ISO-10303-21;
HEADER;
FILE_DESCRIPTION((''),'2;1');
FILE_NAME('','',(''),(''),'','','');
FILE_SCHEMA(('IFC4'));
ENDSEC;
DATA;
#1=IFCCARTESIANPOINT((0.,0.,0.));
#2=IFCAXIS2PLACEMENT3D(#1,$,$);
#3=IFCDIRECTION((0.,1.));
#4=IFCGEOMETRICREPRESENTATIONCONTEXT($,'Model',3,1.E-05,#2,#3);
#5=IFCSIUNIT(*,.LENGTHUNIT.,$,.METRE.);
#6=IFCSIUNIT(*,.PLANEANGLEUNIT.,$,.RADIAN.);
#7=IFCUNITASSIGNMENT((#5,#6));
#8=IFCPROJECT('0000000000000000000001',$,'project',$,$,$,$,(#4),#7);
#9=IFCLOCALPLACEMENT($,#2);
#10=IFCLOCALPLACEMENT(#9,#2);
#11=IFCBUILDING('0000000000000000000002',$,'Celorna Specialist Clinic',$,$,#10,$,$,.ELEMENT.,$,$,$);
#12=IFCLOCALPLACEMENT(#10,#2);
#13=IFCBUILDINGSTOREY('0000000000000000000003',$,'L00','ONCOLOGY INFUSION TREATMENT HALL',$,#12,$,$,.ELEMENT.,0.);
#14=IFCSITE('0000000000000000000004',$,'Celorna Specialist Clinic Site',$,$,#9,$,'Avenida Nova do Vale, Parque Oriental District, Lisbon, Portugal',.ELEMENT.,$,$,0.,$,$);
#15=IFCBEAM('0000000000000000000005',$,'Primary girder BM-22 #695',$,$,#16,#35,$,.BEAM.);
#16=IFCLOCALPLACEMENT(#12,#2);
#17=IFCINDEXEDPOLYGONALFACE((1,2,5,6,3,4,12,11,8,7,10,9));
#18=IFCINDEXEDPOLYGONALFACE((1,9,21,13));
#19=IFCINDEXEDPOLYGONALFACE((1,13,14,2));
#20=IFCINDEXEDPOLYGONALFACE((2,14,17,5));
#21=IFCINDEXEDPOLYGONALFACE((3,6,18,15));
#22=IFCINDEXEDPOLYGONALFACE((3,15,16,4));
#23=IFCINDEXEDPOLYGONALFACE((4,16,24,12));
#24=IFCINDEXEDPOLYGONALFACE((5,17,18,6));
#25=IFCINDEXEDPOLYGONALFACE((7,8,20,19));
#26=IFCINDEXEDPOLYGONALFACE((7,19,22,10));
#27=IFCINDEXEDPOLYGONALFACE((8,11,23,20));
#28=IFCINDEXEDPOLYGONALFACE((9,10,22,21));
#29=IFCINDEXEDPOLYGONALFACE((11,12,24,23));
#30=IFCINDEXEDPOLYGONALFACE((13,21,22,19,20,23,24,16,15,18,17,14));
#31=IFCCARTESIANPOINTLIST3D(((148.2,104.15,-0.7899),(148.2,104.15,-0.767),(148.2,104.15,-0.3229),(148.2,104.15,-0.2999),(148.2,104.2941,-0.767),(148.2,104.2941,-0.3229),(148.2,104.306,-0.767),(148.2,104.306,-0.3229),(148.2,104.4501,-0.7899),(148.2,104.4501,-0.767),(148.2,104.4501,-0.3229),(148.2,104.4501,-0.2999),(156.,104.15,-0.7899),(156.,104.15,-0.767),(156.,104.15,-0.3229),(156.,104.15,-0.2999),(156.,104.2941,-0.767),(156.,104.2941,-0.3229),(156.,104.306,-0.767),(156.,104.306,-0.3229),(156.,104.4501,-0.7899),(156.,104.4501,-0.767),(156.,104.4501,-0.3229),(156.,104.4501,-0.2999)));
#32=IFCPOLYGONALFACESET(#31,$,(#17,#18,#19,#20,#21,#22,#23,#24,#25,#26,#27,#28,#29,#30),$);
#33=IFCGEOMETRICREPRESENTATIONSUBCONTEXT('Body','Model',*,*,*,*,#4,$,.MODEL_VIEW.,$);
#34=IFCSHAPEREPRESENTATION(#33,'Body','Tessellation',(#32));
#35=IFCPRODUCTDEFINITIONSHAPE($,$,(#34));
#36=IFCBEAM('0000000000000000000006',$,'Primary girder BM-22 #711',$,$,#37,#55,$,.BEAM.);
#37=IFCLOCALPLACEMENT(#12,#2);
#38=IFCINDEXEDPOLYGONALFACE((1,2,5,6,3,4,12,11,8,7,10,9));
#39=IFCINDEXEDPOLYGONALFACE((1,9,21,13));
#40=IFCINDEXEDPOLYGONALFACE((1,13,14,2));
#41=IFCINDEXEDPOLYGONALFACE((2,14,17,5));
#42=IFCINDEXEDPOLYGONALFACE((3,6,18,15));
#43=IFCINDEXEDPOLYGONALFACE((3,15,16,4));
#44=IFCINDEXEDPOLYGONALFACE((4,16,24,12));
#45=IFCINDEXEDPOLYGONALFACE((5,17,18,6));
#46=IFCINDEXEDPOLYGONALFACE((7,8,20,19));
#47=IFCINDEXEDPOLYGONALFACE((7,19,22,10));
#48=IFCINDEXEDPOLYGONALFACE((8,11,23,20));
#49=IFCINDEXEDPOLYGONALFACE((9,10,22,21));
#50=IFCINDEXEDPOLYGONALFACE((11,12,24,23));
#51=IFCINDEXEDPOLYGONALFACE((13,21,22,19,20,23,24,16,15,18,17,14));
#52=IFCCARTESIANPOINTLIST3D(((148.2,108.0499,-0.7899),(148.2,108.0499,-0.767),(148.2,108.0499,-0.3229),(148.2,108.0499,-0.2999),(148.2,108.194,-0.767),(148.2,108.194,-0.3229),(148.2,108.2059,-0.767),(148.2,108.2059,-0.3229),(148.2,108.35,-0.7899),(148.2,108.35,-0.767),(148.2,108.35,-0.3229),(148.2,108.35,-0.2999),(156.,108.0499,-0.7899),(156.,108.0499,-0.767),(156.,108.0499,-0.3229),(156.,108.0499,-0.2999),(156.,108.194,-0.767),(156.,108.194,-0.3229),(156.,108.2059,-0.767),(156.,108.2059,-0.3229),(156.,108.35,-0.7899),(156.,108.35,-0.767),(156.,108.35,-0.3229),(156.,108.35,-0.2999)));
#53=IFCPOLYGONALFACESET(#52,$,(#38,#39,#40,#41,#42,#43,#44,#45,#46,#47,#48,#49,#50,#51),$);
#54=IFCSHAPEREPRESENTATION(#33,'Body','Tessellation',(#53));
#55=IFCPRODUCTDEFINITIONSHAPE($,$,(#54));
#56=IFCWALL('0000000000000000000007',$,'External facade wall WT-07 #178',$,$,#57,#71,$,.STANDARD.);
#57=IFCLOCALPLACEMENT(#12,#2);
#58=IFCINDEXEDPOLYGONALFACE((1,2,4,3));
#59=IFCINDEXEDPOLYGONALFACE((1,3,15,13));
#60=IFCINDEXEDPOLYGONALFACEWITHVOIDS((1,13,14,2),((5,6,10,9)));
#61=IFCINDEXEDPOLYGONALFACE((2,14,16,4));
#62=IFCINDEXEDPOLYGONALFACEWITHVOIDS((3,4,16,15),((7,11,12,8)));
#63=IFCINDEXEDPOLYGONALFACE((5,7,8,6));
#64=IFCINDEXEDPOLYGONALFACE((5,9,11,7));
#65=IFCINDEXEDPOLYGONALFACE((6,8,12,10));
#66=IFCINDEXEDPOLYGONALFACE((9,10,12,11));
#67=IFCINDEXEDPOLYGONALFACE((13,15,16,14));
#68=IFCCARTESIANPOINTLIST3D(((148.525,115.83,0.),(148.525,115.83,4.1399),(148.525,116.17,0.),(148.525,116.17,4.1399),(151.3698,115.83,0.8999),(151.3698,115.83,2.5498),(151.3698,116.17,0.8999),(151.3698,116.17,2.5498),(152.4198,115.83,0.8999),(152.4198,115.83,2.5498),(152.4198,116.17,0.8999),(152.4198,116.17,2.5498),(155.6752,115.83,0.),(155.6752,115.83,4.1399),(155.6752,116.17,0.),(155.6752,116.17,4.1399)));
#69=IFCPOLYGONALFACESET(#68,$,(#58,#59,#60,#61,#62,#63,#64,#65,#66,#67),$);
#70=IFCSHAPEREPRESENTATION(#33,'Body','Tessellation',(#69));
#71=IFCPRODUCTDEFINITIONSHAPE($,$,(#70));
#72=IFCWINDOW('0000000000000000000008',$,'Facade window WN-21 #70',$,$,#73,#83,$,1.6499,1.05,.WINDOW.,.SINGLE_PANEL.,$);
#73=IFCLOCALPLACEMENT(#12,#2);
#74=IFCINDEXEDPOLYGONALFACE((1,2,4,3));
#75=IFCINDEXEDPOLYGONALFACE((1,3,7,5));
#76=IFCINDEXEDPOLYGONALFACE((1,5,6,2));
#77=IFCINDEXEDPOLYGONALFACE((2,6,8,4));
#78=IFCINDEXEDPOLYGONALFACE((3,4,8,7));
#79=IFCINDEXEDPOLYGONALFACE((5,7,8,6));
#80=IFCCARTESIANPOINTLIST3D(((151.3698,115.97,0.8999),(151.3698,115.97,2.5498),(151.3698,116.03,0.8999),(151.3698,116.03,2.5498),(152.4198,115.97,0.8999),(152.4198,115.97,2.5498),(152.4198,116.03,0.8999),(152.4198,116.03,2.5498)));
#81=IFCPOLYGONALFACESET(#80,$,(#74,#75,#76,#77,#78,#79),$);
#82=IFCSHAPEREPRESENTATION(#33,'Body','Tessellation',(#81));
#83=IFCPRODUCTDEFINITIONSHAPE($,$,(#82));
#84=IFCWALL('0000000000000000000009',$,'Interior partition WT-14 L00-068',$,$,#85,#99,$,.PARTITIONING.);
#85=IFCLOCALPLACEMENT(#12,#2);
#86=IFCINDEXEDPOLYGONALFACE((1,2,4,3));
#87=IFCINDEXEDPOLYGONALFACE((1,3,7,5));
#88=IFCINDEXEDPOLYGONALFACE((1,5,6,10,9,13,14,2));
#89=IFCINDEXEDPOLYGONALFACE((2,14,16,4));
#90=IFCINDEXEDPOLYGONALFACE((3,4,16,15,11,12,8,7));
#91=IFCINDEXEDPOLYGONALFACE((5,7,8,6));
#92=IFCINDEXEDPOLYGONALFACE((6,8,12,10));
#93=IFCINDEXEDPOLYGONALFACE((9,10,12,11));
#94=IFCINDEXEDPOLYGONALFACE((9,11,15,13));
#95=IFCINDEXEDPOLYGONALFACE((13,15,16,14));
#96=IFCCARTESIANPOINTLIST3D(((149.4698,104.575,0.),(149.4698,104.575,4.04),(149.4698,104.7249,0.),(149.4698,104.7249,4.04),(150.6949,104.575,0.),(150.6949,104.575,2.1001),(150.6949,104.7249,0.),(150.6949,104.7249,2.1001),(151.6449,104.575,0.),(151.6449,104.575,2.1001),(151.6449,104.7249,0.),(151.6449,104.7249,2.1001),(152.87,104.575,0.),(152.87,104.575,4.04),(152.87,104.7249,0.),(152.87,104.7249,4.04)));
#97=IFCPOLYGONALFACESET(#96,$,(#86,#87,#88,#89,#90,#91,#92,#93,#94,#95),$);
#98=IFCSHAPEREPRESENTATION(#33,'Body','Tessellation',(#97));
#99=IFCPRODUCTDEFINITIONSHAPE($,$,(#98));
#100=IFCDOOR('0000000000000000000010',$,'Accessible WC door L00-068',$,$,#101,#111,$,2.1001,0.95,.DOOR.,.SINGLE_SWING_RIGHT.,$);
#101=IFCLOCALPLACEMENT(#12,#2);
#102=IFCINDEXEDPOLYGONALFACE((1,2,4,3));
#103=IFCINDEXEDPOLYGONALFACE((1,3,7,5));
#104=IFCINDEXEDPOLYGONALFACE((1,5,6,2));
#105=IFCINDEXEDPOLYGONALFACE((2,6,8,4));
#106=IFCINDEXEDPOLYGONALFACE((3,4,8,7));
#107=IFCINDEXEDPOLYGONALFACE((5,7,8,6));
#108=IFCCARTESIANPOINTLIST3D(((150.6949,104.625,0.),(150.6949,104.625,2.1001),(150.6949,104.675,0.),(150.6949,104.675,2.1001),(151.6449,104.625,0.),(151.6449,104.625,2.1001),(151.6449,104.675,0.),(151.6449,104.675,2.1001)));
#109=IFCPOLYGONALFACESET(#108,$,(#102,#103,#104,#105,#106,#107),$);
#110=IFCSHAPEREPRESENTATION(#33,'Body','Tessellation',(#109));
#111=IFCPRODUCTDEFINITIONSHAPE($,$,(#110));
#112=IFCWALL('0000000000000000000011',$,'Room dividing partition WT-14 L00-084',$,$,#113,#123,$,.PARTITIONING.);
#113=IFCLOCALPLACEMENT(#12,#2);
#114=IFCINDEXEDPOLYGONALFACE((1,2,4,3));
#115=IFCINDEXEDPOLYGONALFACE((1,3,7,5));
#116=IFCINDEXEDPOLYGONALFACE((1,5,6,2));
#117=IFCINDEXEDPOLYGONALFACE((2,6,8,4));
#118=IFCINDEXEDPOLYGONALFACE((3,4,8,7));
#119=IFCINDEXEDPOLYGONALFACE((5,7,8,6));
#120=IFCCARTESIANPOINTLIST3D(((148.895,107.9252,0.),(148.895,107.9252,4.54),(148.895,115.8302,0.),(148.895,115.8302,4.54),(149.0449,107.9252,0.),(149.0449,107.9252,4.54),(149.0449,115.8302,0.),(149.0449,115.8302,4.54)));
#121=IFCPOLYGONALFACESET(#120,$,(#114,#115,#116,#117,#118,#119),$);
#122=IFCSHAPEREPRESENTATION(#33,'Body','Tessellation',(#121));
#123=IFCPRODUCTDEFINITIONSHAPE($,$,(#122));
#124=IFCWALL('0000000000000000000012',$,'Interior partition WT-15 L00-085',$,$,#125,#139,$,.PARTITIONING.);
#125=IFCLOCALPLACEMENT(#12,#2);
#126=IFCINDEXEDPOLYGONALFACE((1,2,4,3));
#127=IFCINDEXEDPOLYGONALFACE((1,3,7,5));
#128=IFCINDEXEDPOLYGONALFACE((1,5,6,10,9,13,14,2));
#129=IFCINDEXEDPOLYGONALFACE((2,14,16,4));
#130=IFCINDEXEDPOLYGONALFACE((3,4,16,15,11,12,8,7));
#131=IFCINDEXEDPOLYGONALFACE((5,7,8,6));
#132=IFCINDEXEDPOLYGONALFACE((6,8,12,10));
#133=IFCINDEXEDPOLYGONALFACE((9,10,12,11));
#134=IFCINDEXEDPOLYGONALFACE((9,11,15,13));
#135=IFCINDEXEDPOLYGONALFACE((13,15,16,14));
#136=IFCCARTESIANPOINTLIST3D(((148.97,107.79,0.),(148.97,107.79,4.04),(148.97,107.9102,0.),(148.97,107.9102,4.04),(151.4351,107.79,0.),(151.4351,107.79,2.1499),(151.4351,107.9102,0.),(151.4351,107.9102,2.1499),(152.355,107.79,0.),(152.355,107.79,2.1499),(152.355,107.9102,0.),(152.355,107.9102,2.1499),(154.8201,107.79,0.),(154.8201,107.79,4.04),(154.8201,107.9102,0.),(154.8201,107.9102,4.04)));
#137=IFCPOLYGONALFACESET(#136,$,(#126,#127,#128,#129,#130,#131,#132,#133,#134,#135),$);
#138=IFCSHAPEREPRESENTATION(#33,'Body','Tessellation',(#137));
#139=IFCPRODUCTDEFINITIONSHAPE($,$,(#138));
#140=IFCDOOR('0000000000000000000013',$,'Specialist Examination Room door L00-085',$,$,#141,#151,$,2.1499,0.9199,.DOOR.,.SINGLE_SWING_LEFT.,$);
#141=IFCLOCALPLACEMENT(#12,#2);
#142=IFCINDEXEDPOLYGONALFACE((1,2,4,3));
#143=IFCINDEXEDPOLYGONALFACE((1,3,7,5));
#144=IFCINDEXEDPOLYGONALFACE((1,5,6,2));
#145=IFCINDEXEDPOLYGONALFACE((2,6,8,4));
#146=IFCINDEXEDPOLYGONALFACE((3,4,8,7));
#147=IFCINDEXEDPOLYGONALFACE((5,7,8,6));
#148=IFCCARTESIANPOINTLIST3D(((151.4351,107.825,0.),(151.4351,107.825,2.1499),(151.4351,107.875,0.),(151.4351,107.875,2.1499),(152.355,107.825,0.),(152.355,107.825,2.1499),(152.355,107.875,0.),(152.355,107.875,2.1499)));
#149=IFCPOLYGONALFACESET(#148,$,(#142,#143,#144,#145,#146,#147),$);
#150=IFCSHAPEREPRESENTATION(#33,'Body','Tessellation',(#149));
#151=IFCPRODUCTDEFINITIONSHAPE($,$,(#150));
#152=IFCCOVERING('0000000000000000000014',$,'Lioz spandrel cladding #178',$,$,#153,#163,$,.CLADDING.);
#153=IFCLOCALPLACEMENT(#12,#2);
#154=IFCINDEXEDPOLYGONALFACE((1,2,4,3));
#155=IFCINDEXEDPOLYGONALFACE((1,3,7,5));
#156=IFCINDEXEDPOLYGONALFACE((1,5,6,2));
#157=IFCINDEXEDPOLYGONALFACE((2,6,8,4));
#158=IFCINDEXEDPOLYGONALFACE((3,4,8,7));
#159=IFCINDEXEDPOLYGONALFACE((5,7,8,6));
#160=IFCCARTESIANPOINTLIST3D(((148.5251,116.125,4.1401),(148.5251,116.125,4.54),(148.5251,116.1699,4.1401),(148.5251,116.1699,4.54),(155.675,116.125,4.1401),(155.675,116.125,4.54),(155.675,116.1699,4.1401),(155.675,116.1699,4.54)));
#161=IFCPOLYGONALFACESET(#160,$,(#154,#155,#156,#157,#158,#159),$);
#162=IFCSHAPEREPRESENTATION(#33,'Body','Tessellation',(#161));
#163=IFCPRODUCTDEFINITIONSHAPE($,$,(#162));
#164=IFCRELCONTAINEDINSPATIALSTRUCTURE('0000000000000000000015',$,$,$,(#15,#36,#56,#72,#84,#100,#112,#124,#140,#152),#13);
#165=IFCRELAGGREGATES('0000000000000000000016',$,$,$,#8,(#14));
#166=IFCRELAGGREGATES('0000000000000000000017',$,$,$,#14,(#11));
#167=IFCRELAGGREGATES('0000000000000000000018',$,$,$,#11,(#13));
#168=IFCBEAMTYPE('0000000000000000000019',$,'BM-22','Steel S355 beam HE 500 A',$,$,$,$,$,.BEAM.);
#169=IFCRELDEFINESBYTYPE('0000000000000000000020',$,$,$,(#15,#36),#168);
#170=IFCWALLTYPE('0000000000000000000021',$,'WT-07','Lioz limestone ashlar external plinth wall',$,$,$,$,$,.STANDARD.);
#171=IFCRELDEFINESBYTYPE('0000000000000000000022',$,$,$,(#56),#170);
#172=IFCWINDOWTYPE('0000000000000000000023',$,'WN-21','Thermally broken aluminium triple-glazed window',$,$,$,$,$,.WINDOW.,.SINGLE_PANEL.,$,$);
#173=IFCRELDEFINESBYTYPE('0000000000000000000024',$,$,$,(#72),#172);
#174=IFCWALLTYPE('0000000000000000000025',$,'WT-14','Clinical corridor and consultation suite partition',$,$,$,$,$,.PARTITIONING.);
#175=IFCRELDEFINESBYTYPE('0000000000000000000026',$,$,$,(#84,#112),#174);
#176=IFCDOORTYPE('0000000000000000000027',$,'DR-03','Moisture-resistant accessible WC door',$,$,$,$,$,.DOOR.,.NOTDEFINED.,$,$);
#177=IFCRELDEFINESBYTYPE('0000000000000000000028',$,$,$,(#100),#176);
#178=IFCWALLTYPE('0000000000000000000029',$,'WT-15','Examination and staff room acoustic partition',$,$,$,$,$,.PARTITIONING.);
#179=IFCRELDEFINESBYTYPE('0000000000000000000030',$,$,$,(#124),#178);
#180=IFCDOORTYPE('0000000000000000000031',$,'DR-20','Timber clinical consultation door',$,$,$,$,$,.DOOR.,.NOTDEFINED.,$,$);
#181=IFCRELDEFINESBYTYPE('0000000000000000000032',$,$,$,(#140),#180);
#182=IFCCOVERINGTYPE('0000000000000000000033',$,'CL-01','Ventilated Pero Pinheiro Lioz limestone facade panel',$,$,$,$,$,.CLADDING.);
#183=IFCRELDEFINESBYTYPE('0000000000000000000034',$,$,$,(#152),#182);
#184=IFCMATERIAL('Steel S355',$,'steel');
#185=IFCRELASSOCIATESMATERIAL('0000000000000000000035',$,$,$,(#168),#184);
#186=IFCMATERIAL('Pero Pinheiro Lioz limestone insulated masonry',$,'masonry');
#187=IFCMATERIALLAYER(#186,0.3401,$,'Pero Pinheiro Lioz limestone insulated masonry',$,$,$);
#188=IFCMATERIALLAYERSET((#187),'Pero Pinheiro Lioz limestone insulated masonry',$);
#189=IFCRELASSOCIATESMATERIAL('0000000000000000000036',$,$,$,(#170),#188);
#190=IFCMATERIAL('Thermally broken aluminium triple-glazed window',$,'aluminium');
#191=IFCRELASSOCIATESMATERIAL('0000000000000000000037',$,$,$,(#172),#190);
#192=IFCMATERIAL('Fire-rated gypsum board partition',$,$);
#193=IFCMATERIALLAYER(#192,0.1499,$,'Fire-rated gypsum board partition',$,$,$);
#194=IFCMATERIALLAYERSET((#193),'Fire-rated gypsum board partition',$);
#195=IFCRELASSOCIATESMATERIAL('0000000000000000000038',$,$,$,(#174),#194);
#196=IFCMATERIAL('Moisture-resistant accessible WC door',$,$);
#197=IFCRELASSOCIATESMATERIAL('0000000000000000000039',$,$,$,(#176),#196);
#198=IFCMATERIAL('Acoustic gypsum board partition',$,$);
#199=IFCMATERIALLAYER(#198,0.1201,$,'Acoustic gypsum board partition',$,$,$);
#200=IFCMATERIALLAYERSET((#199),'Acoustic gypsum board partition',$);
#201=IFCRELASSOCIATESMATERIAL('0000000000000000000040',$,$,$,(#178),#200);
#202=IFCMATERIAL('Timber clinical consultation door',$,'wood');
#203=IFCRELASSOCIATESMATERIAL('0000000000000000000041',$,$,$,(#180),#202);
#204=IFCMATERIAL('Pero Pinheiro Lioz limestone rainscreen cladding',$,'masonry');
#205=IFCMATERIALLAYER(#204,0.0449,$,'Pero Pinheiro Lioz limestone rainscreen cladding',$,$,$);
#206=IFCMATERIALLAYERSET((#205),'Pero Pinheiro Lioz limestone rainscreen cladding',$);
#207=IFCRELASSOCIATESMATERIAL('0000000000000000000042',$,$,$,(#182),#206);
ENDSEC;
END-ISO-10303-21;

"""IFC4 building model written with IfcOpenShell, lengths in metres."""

from ifc_helpers import new_model, si_unit, direction, frame, frame_2d, origin, origin_2d, place, context, subcontext, project, spatial, rectangle, i_section, extrude, material, layer, layer_set, material_profile, profile_set, type_object, element, fill, save


model = new_model("IFC4")

# Units and contexts
model_context = context("Model", 3, precision=1e-05, world=origin(), true_north=direction((0.0, 1.0)))
body_context = subcontext(model_context, "Body", "Model", "MODEL_VIEW")
ifc_project = project(units=[si_unit("LENGTHUNIT", "METRE"), si_unit("PLANEANGLEUNIT", "RADIAN")], contexts=[model_context])

# Site, building, storey
site_placement = place(None, origin())
site = spatial("IfcSite", under=ifc_project, at=site_placement, Name="Celorna Specialist Clinic Site", LongName="Avenida Nova do Vale, Parque Oriental District, Lisbon, Portugal", CompositionType="ELEMENT", RefElevation=0.0)
building_placement = place(site_placement, origin())
building = spatial("IfcBuilding", under=site, at=building_placement, Name="Celorna Specialist Clinic", CompositionType="ELEMENT")
storey_placement = place(building_placement, origin())
storey = spatial("IfcBuildingStorey", under=building, at=storey_placement, Name="L00", Description="ONCOLOGY INFUSION TREATMENT HALL", CompositionType="ELEMENT", Elevation=0.0)

# Beams
ifc_material_1 = material(Name="Steel S355", Category="steel")
ifc_material_profile_1 = material_profile(ifc_material_1, i_section(OverallWidth=0.3, OverallDepth=0.49, WebThickness=0.012, FlangeThickness=0.0229, at=origin_2d()), Name="HE 500 A")
ifc_profile_set_1 = profile_set([ifc_material_profile_1], Name="Steel S355")
beam_type_1 = type_object("IfcBeamType", Name="BM-22", Description="Steel S355 beam HE 500 A", PredefinedType="BEAM", material=ifc_profile_set_1)
for number, where, z_axis, x_axis, name in (
    (1, (148.2, 104.3, -0.5449), (1.0, 0.0, 0.0), (0.0, 1.0, 0.0), "Primary girder BM-22 #695"),
    (2, (148.2, 108.2, -0.5449), (1.0, 0.0, 0.0), (0.0, 1.0, 0.0), "Primary girder BM-22 #711"),
):
    element("IfcBeam", number, at=place(storey_placement, frame(where, z_axis=z_axis, x_axis=x_axis)), inside=storey, type_object=beam_type_1, Name=name, PredefinedType="BEAM", context=body_context, shape_type="SweptSolid", body=[
        extrude(i_section(OverallWidth=0.3, OverallDepth=0.49, WebThickness=0.012, FlangeThickness=0.0229, at=origin_2d()), origin(), (0.0, 0.0, 1.0), 7.8),
    ])

# Wall, opening, window
ifc_material_2 = material(Name="Pero Pinheiro Lioz limestone insulated masonry", Category="masonry")
ifc_layer_1 = layer(ifc_material_2, 0.3401, Name="Pero Pinheiro Lioz limestone insulated masonry")
ifc_layer_set_1 = layer_set([ifc_layer_1], Name="Pero Pinheiro Lioz limestone insulated masonry")
wall_type_1 = type_object("IfcWallType", Name="WT-07", Description="Lioz limestone ashlar external plinth wall", PredefinedType="STANDARD", material=ifc_layer_set_1)
wall_1_placement = place(storey_placement, frame((148.5249, 116.0, 0.0), z_axis=(0.0, 0.0, 1.0), x_axis=(1.0, 0.0, 0.0)))
wall_1 = element("IfcWall", 3, at=wall_1_placement, inside=storey, type_object=wall_type_1, Name="External facade wall WT-07 #178", PredefinedType="STANDARD", context=body_context, shape_type="SweptSolid", body=[
    extrude(rectangle(XDim=7.1501, YDim=0.3401, at=frame_2d((3.5752, 0.0))), origin(), (0.0, 0.0, 1.0), 4.1399),
])
opening_1_placement = place(wall_1_placement, frame((2.845, 0.0, 0.8999)))
opening_1 = element("IfcOpeningElement", 4, at=opening_1_placement, cuts=wall_1, PredefinedType="OPENING", context=body_context, shape_type="SweptSolid", body=[
    extrude(rectangle(XDim=1.05, YDim=1.6499, at=frame_2d((0.5249, 0.825))), frame((0.0, 0.1799, 0.0), z_axis=(0.0, -1.0, 0.0), x_axis=(1.0, 0.0, 0.0)), (0.0, 0.0, 1.0), 0.3601),
])
ifc_material_3 = material(Name="Thermally broken aluminium triple-glazed window", Category="aluminium")
window_type = type_object("IfcWindowType", Name="WN-21", Description="Thermally broken aluminium triple-glazed window", PartitioningType="SINGLE_PANEL", PredefinedType="WINDOW", material=ifc_material_3)
window_placement = place(opening_1_placement, origin())
window = element("IfcWindow", 5, at=window_placement, inside=storey, type_object=window_type, Name="Facade window WN-21 #70", OverallHeight=1.6499, OverallWidth=1.05, PartitioningType="SINGLE_PANEL", PredefinedType="WINDOW", context=body_context, shape_type="SweptSolid", body=[
    extrude(rectangle(XDim=1.05, YDim=1.6499, at=frame_2d((0.5249, 0.825))), frame((0.0, 0.03, 0.0), z_axis=(0.0, -1.0, 0.0), x_axis=(1.0, 0.0, 0.0)), (0.0, 0.0, 1.0), 0.0601),
])
fill(opening_1, window)

# Wall, opening, door
ifc_material_4 = material(Name="Fire-rated gypsum board partition")
ifc_layer_2 = layer(ifc_material_4, 0.1499, Name="Fire-rated gypsum board partition")
ifc_layer_set_2 = layer_set([ifc_layer_2], Name="Fire-rated gypsum board partition")
wall_type_2 = type_object("IfcWallType", Name="WT-14", Description="Clinical corridor and consultation suite partition", PredefinedType="PARTITIONING", material=ifc_layer_set_2)
wall_2_placement = place(storey_placement, frame((152.8701, 104.6499, 0.0), z_axis=(0.0, 0.0, 1.0), x_axis=(-1.0, 0.0, 0.0)))
wall_2 = element("IfcWall", 6, at=wall_2_placement, inside=storey, type_object=wall_type_2, Name="Interior partition WT-14 L00-068", PredefinedType="PARTITIONING", context=body_context, shape_type="SweptSolid", body=[
    extrude(rectangle(XDim=3.4001, YDim=0.1499, at=frame_2d((1.7002, 0.0))), origin(), (0.0, 0.0, 1.0), 4.04),
])
opening_2_placement = place(wall_2_placement, frame((1.2251, 0.0, 0.0)))
opening_2 = element("IfcOpeningElement", 7, at=opening_2_placement, cuts=wall_2, PredefinedType="OPENING", context=body_context, shape_type="SweptSolid", body=[
    extrude(rectangle(XDim=0.95, YDim=2.1001, at=frame_2d((0.4751, 1.05))), frame((0.0, 0.085, 0.0), z_axis=(0.0, -1.0, 0.0), x_axis=(1.0, 0.0, 0.0)), (0.0, 0.0, 1.0), 0.1699),
])
ifc_material_5 = material(Name="Moisture-resistant accessible WC door")
door_type_1 = type_object("IfcDoorType", Name="DR-03", Description="Moisture-resistant accessible WC door", OperationType="NOTDEFINED", PredefinedType="DOOR", material=ifc_material_5)
door_1_placement = place(opening_2_placement, origin())
door_1 = element("IfcDoor", 8, at=door_1_placement, inside=storey, type_object=door_type_1, Name="Accessible WC door L00-068", OperationType="SINGLE_SWING_RIGHT", OverallHeight=2.1001, OverallWidth=0.95, PredefinedType="DOOR", context=body_context, shape_type="SweptSolid", body=[
    extrude(rectangle(XDim=0.95, YDim=2.1001, at=frame_2d((0.4751, 1.05))), frame((0.0, 0.0249, 0.0), z_axis=(0.0, -1.0, 0.0), x_axis=(1.0, 0.0, 0.0)), (0.0, 0.0, 1.0), 0.05),
])
fill(opening_2, door_1)

# Wall
wall_3_placement = place(storey_placement, frame((148.97, 107.925, 0.0), z_axis=(0.0, 0.0, 1.0), x_axis=(0.0, 1.0, 0.0)))
element("IfcWall", 9, at=wall_3_placement, inside=storey, type_object=wall_type_2, Name="Room dividing partition WT-14 L00-084", PredefinedType="PARTITIONING", context=body_context, shape_type="SweptSolid", body=[
    extrude(rectangle(XDim=7.905, YDim=0.1499, at=frame_2d((3.9526, 0.0))), origin(), (0.0, 0.0, 1.0), 4.54),
])

# Wall, opening, door
ifc_material_6 = material(Name="Acoustic gypsum board partition")
ifc_layer_3 = layer(ifc_material_6, 0.1201, Name="Acoustic gypsum board partition")
ifc_layer_set_3 = layer_set([ifc_layer_3], Name="Acoustic gypsum board partition")
wall_type_3 = type_object("IfcWallType", Name="WT-15", Description="Examination and staff room acoustic partition", PredefinedType="PARTITIONING", material=ifc_layer_set_3)
wall_4_placement = place(storey_placement, frame((148.97, 107.8501, 0.0), z_axis=(0.0, 0.0, 1.0), x_axis=(1.0, 0.0, 0.0)))
wall_4 = element("IfcWall", 10, at=wall_4_placement, inside=storey, type_object=wall_type_3, Name="Interior partition WT-15 L00-085", PredefinedType="PARTITIONING", context=body_context, shape_type="SweptSolid", body=[
    extrude(rectangle(XDim=5.8501, YDim=0.1201, at=frame_2d((2.925, 0.0))), origin(), (0.0, 0.0, 1.0), 4.04),
])
opening_3_placement = place(wall_4_placement, frame((2.4651, 0.0, 0.0)))
opening_3 = element("IfcOpeningElement", 11, at=opening_3_placement, cuts=wall_4, PredefinedType="OPENING", context=body_context, shape_type="SweptSolid", body=[
    extrude(rectangle(XDim=0.9199, YDim=2.1499, at=frame_2d((0.46, 1.075))), frame((0.0, 0.0701, 0.0), z_axis=(0.0, -1.0, 0.0), x_axis=(1.0, 0.0, 0.0)), (0.0, 0.0, 1.0), 0.1401),
])
ifc_material_7 = material(Name="Timber clinical consultation door", Category="wood")
door_type_2 = type_object("IfcDoorType", Name="DR-20", Description="Timber clinical consultation door", OperationType="NOTDEFINED", PredefinedType="DOOR", material=ifc_material_7)
door_2_placement = place(opening_3_placement, origin())
door_2 = element("IfcDoor", 12, at=door_2_placement, inside=storey, type_object=door_type_2, Name="Specialist Examination Room door L00-085", OperationType="SINGLE_SWING_LEFT", OverallHeight=2.1499, OverallWidth=0.9199, PredefinedType="DOOR", context=body_context, shape_type="SweptSolid", body=[
    extrude(rectangle(XDim=0.9199, YDim=2.1499, at=frame_2d((0.46, 1.075))), frame((0.0, 0.0249, 0.0), z_axis=(0.0, -1.0, 0.0), x_axis=(1.0, 0.0, 0.0)), (0.0, 0.0, 1.0), 0.05),
])
fill(opening_3, door_2)

# Covering
ifc_material_8 = material(Name="Pero Pinheiro Lioz limestone rainscreen cladding", Category="masonry")
ifc_layer_4 = layer(ifc_material_8, 0.0449, Name="Pero Pinheiro Lioz limestone rainscreen cladding")
ifc_layer_set_4 = layer_set([ifc_layer_4], Name="Pero Pinheiro Lioz limestone rainscreen cladding")
covering_type = type_object("IfcCoveringType", Name="CL-01", Description="Ventilated Pero Pinheiro Lioz limestone facade panel", PredefinedType="CLADDING", material=ifc_layer_set_4)
covering_placement = place(storey_placement, frame((152.1001, 116.1475, 4.1401), z_axis=(0.0, 0.0, 1.0), x_axis=(1.0, 0.0, 0.0)))
element("IfcCovering", 13, at=covering_placement, inside=storey, type_object=covering_type, Name="Lioz spandrel cladding #178", PredefinedType="CLADDING", context=body_context, shape_type="SweptSolid", body=[
    extrude(rectangle(XDim=7.1499, YDim=0.0449, at=origin_2d()), origin(), (0.0, 0.0, 1.0), 0.3999),
])

save(model, "model.ifc")
